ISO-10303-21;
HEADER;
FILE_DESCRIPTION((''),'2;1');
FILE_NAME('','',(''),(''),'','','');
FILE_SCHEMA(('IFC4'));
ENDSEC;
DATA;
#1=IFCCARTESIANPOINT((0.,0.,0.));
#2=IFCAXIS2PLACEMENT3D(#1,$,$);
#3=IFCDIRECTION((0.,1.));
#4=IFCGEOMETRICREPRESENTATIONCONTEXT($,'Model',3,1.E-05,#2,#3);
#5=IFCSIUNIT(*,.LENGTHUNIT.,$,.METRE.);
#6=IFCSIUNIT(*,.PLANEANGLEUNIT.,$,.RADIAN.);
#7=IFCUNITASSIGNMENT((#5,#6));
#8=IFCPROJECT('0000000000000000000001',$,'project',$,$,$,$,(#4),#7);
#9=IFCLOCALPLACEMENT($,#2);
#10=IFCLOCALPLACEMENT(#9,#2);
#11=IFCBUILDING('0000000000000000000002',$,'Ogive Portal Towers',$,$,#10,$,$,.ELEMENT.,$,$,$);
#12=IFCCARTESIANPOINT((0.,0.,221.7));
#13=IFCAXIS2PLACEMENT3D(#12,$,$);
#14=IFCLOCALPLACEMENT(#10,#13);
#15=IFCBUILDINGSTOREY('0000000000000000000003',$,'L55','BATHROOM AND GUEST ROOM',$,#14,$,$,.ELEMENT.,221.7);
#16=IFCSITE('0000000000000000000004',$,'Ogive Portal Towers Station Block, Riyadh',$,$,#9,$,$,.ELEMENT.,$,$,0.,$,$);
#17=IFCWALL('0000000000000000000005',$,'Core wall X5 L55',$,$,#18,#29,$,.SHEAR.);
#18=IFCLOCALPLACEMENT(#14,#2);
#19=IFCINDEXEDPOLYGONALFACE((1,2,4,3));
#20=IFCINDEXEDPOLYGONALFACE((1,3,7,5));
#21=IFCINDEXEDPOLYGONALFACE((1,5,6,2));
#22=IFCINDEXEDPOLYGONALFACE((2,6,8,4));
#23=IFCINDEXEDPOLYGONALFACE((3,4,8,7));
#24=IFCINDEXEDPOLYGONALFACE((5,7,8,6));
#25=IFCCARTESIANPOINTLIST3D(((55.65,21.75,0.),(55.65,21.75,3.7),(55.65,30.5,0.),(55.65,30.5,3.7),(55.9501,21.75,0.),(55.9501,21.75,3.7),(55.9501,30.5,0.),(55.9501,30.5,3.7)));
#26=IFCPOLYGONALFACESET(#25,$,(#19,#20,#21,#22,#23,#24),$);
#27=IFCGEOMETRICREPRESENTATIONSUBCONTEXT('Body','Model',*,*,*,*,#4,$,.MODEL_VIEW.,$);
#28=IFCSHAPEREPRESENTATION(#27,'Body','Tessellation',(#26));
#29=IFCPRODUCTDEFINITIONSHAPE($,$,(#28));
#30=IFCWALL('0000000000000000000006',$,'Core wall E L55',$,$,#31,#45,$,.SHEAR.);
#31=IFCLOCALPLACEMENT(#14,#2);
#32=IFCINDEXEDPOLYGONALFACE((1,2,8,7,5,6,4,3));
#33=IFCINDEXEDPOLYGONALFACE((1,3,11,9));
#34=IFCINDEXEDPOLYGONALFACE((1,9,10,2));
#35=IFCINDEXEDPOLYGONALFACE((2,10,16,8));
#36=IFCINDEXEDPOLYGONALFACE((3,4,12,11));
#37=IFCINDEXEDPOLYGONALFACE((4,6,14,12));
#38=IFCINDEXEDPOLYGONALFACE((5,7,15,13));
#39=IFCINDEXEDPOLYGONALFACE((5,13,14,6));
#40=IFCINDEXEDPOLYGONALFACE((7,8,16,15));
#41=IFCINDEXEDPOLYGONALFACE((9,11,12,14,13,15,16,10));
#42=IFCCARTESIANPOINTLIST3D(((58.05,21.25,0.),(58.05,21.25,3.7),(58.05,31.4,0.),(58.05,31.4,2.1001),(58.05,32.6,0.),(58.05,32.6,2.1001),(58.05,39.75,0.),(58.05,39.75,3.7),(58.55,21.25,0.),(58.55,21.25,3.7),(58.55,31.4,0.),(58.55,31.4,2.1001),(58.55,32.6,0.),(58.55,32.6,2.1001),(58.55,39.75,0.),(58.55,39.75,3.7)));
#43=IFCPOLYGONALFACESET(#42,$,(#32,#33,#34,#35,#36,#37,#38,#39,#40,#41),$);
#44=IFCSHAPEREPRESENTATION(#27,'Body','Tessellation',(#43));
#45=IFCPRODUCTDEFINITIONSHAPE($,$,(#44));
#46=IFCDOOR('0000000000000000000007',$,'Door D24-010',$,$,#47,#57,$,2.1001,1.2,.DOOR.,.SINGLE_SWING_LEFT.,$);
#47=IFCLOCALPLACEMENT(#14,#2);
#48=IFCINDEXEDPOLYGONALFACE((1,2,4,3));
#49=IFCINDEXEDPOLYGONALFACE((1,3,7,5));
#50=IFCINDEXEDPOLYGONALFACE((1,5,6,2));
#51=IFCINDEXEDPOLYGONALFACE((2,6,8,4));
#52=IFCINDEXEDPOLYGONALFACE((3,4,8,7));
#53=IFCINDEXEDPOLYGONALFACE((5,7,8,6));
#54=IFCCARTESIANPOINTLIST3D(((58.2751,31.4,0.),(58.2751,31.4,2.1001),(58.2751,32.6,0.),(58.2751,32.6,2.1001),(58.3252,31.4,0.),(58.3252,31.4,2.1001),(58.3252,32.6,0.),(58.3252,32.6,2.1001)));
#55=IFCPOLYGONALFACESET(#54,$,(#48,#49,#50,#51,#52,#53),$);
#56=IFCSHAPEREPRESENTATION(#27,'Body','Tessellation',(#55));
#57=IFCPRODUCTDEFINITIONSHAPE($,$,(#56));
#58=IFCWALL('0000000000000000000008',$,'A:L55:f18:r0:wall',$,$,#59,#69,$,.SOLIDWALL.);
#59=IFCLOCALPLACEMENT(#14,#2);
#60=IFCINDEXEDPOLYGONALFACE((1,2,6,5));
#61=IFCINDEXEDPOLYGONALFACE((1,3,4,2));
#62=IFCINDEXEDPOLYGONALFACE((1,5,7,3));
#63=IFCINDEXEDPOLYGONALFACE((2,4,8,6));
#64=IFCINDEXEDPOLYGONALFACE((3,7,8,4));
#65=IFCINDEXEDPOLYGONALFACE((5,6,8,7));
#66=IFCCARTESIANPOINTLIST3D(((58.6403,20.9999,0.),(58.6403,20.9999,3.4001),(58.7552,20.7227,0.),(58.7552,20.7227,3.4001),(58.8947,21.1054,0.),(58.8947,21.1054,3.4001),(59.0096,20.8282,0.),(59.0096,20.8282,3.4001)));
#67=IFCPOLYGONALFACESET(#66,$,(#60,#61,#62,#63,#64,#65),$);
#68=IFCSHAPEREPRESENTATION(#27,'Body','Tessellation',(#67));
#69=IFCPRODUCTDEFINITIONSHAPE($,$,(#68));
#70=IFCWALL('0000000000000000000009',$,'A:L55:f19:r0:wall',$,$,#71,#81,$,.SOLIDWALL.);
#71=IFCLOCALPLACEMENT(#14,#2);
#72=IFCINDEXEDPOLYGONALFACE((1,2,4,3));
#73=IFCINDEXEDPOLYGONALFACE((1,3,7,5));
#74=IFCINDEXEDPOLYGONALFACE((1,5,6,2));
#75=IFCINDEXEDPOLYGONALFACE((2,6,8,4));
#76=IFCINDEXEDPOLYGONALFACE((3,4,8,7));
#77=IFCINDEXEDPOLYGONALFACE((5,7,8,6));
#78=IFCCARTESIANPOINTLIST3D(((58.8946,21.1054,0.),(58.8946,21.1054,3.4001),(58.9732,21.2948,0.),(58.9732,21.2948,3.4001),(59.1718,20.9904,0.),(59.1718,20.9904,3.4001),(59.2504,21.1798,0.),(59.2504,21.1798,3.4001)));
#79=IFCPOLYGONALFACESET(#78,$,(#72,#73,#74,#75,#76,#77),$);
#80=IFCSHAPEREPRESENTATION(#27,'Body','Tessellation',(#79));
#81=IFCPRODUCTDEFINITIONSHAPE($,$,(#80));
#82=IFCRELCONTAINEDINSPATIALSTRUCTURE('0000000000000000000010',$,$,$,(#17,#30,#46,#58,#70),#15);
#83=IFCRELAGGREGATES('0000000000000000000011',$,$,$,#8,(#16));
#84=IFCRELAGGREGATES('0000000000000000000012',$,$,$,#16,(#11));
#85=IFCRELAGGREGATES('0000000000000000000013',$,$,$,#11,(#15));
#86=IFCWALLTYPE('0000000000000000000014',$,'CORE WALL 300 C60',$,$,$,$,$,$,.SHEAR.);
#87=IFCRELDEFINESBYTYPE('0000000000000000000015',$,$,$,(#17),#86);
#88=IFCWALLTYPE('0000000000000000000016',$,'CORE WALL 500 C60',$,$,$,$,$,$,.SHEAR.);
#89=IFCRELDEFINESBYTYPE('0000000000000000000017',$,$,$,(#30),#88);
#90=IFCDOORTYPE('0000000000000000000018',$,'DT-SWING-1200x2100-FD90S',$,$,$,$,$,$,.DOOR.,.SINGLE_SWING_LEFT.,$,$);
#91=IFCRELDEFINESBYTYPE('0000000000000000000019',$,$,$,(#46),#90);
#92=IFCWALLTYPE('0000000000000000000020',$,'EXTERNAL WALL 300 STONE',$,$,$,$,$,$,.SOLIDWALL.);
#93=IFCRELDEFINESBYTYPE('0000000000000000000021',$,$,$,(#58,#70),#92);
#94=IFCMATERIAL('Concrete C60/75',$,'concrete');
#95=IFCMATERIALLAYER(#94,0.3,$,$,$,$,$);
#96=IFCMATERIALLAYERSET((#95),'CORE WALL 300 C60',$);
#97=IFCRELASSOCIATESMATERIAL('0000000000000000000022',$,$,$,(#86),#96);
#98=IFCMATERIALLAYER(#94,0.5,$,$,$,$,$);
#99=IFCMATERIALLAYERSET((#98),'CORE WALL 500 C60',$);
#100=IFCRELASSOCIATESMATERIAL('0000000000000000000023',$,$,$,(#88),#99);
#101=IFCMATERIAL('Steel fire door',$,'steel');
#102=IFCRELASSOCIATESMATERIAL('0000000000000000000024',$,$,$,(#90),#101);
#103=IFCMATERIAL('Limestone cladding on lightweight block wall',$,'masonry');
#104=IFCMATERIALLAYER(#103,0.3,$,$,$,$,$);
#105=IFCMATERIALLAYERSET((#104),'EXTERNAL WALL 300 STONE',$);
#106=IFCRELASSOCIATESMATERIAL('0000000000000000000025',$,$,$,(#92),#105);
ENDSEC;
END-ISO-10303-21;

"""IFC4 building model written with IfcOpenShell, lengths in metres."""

from ifc_helpers import new_model, si_unit, direction, frame, frame_2d, origin, place, context, subcontext, project, spatial, rectangle, extrude, material, layer, layer_set, type_object, element, fill, save


model = new_model("IFC4")

# Units and contexts
model_context = context("Model", 3, precision=1e-05, world=origin(), true_north=direction((0.0, 1.0)))
body_context = subcontext(model_context, "Body", "Model", "MODEL_VIEW")
ifc_project = project(units=[si_unit("LENGTHUNIT", "METRE"), si_unit("PLANEANGLEUNIT", "RADIAN")], contexts=[model_context])

# Site, building, storey
site_placement = place(None, origin())
site = spatial("IfcSite", under=ifc_project, at=site_placement, Name="Ogive Portal Towers Station Block, Riyadh", CompositionType="ELEMENT", RefElevation=0.0)
building_placement = place(site_placement, origin())
building = spatial("IfcBuilding", under=site, at=building_placement, Name="Ogive Portal Towers", CompositionType="ELEMENT")
storey_placement = place(building_placement, frame((0.0, 0.0, 221.7)))
storey = spatial("IfcBuildingStorey", under=building, at=storey_placement, Name="L55", Description="BATHROOM AND GUEST ROOM", CompositionType="ELEMENT", Elevation=221.7)

# Wall
ifc_material_1 = material(Name="Concrete C60/75", Category="concrete")
ifc_layer_1 = layer(ifc_material_1, 0.3)
ifc_layer_set_1 = layer_set([ifc_layer_1], Name="CORE WALL 300 C60")
wall_type_1 = type_object("IfcWallType", Name="CORE WALL 300 C60", PredefinedType="SHEAR", material=ifc_layer_set_1)
wall_1_placement = place(storey_placement, frame((55.8, 21.75, 0.0), z_axis=(0.0, 0.0, 1.0), x_axis=(0.0, 1.0, 0.0)))
element("IfcWall", 1, at=wall_1_placement, inside=storey, type_object=wall_type_1, Name="Core wall X5 L55", PredefinedType="SHEAR", context=body_context, shape_type="SweptSolid", body=[
    extrude(rectangle(XDim=8.75, YDim=0.3, at=frame_2d((4.375, 0.0))), origin(), (0.0, 0.0, 1.0), 3.7),
])

# Wall, opening, door
ifc_layer_2 = layer(ifc_material_1, 0.5)
ifc_layer_set_2 = layer_set([ifc_layer_2], Name="CORE WALL 500 C60")
wall_type_2 = type_object("IfcWallType", Name="CORE WALL 500 C60", PredefinedType="SHEAR", material=ifc_layer_set_2)
wall_2_placement = place(storey_placement, frame((58.3, 21.25, 0.0), z_axis=(0.0, 0.0, 1.0), x_axis=(0.0, 1.0, 0.0)))
wall_2 = element("IfcWall", 2, at=wall_2_placement, inside=storey, type_object=wall_type_2, Name="Core wall E L55", PredefinedType="SHEAR", context=body_context, shape_type="SweptSolid", body=[
    extrude(rectangle(XDim=18.5, YDim=0.5, at=frame_2d((9.25, 0.0))), origin(), (0.0, 0.0, 1.0), 3.7),
])
opening_1_placement = place(wall_2_placement, frame((10.1499, 0.0, 0.0)))
opening_1 = element("IfcOpeningElement", 3, at=opening_1_placement, cuts=wall_2, PredefinedType="OPENING", context=body_context, shape_type="SweptSolid", body=[
    extrude(rectangle(XDim=1.2, YDim=2.1001, at=frame_2d((0.6001, 1.05))), frame((0.0, 0.26, 0.0), z_axis=(0.0, -1.0, 0.0), x_axis=(1.0, 0.0, 0.0)), (0.0, 0.0, 1.0), 0.52),
])
ifc_material_2 = material(Name="Steel fire door", Category="steel")
door_type = type_object("IfcDoorType", Name="DT-SWING-1200x2100-FD90S", OperationType="SINGLE_SWING_LEFT", PredefinedType="DOOR", material=ifc_material_2)
door_placement = place(opening_1_placement, origin())
door = element("IfcDoor", 4, at=door_placement, inside=storey, type_object=door_type, Name="Door D24-010", OperationType="SINGLE_SWING_LEFT", OverallHeight=2.1001, OverallWidth=1.2, PredefinedType="DOOR", context=body_context, shape_type="SweptSolid", body=[
    extrude(rectangle(XDim=1.2, YDim=2.1001, at=frame_2d((0.6001, 1.05))), frame((0.0, 0.0249, 0.0), z_axis=(0.0, -1.0, 0.0), x_axis=(1.0, 0.0, 0.0)), (0.0, 0.0, 1.0), 0.05),
])
fill(opening_1, door)

# Walls
ifc_material_3 = material(Name="Limestone cladding on lightweight block wall", Category="masonry")
ifc_layer_3 = layer(ifc_material_3, 0.3)
ifc_layer_set_3 = layer_set([ifc_layer_3], Name="EXTERNAL WALL 300 STONE")
wall_type_3 = type_object("IfcWallType", Name="EXTERNAL WALL 300 STONE", PredefinedType="SOLIDWALL", material=ifc_layer_set_3)
wall_3_placement = place(storey_placement, frame((58.6978, 20.8613, 0.0), z_axis=(0.0, 0.0, 1.0), x_axis=(0.923757, 0.382978, 0.0)))
element("IfcWall", 5, at=wall_3_placement, inside=storey, type_object=wall_type_3, Name="A:L55:f18:r0:wall", PredefinedType="SOLIDWALL", context=body_context, shape_type="SweptSolid", body=[
    extrude(rectangle(XDim=0.2754, YDim=0.3, at=frame_2d((0.1377, 0.0))), origin(), (0.0, 0.0, 1.0), 3.4001),
])
wall_4_placement = place(storey_placement, frame((59.0332, 21.0479, 0.0), z_axis=(0.0, 0.0, 1.0), x_axis=(0.383263, 0.923639, 0.0)))
element("IfcWall", 6, at=wall_4_placement, inside=storey, type_object=wall_type_3, Name="A:L55:f19:r0:wall", PredefinedType="SOLIDWALL", context=body_context, shape_type="SweptSolid", body=[
    extrude(rectangle(XDim=0.2051, YDim=0.3, at=frame_2d((0.1025, 0.0))), origin(), (0.0, 0.0, 1.0), 3.4001),
])

save(model, "model.ifc")
